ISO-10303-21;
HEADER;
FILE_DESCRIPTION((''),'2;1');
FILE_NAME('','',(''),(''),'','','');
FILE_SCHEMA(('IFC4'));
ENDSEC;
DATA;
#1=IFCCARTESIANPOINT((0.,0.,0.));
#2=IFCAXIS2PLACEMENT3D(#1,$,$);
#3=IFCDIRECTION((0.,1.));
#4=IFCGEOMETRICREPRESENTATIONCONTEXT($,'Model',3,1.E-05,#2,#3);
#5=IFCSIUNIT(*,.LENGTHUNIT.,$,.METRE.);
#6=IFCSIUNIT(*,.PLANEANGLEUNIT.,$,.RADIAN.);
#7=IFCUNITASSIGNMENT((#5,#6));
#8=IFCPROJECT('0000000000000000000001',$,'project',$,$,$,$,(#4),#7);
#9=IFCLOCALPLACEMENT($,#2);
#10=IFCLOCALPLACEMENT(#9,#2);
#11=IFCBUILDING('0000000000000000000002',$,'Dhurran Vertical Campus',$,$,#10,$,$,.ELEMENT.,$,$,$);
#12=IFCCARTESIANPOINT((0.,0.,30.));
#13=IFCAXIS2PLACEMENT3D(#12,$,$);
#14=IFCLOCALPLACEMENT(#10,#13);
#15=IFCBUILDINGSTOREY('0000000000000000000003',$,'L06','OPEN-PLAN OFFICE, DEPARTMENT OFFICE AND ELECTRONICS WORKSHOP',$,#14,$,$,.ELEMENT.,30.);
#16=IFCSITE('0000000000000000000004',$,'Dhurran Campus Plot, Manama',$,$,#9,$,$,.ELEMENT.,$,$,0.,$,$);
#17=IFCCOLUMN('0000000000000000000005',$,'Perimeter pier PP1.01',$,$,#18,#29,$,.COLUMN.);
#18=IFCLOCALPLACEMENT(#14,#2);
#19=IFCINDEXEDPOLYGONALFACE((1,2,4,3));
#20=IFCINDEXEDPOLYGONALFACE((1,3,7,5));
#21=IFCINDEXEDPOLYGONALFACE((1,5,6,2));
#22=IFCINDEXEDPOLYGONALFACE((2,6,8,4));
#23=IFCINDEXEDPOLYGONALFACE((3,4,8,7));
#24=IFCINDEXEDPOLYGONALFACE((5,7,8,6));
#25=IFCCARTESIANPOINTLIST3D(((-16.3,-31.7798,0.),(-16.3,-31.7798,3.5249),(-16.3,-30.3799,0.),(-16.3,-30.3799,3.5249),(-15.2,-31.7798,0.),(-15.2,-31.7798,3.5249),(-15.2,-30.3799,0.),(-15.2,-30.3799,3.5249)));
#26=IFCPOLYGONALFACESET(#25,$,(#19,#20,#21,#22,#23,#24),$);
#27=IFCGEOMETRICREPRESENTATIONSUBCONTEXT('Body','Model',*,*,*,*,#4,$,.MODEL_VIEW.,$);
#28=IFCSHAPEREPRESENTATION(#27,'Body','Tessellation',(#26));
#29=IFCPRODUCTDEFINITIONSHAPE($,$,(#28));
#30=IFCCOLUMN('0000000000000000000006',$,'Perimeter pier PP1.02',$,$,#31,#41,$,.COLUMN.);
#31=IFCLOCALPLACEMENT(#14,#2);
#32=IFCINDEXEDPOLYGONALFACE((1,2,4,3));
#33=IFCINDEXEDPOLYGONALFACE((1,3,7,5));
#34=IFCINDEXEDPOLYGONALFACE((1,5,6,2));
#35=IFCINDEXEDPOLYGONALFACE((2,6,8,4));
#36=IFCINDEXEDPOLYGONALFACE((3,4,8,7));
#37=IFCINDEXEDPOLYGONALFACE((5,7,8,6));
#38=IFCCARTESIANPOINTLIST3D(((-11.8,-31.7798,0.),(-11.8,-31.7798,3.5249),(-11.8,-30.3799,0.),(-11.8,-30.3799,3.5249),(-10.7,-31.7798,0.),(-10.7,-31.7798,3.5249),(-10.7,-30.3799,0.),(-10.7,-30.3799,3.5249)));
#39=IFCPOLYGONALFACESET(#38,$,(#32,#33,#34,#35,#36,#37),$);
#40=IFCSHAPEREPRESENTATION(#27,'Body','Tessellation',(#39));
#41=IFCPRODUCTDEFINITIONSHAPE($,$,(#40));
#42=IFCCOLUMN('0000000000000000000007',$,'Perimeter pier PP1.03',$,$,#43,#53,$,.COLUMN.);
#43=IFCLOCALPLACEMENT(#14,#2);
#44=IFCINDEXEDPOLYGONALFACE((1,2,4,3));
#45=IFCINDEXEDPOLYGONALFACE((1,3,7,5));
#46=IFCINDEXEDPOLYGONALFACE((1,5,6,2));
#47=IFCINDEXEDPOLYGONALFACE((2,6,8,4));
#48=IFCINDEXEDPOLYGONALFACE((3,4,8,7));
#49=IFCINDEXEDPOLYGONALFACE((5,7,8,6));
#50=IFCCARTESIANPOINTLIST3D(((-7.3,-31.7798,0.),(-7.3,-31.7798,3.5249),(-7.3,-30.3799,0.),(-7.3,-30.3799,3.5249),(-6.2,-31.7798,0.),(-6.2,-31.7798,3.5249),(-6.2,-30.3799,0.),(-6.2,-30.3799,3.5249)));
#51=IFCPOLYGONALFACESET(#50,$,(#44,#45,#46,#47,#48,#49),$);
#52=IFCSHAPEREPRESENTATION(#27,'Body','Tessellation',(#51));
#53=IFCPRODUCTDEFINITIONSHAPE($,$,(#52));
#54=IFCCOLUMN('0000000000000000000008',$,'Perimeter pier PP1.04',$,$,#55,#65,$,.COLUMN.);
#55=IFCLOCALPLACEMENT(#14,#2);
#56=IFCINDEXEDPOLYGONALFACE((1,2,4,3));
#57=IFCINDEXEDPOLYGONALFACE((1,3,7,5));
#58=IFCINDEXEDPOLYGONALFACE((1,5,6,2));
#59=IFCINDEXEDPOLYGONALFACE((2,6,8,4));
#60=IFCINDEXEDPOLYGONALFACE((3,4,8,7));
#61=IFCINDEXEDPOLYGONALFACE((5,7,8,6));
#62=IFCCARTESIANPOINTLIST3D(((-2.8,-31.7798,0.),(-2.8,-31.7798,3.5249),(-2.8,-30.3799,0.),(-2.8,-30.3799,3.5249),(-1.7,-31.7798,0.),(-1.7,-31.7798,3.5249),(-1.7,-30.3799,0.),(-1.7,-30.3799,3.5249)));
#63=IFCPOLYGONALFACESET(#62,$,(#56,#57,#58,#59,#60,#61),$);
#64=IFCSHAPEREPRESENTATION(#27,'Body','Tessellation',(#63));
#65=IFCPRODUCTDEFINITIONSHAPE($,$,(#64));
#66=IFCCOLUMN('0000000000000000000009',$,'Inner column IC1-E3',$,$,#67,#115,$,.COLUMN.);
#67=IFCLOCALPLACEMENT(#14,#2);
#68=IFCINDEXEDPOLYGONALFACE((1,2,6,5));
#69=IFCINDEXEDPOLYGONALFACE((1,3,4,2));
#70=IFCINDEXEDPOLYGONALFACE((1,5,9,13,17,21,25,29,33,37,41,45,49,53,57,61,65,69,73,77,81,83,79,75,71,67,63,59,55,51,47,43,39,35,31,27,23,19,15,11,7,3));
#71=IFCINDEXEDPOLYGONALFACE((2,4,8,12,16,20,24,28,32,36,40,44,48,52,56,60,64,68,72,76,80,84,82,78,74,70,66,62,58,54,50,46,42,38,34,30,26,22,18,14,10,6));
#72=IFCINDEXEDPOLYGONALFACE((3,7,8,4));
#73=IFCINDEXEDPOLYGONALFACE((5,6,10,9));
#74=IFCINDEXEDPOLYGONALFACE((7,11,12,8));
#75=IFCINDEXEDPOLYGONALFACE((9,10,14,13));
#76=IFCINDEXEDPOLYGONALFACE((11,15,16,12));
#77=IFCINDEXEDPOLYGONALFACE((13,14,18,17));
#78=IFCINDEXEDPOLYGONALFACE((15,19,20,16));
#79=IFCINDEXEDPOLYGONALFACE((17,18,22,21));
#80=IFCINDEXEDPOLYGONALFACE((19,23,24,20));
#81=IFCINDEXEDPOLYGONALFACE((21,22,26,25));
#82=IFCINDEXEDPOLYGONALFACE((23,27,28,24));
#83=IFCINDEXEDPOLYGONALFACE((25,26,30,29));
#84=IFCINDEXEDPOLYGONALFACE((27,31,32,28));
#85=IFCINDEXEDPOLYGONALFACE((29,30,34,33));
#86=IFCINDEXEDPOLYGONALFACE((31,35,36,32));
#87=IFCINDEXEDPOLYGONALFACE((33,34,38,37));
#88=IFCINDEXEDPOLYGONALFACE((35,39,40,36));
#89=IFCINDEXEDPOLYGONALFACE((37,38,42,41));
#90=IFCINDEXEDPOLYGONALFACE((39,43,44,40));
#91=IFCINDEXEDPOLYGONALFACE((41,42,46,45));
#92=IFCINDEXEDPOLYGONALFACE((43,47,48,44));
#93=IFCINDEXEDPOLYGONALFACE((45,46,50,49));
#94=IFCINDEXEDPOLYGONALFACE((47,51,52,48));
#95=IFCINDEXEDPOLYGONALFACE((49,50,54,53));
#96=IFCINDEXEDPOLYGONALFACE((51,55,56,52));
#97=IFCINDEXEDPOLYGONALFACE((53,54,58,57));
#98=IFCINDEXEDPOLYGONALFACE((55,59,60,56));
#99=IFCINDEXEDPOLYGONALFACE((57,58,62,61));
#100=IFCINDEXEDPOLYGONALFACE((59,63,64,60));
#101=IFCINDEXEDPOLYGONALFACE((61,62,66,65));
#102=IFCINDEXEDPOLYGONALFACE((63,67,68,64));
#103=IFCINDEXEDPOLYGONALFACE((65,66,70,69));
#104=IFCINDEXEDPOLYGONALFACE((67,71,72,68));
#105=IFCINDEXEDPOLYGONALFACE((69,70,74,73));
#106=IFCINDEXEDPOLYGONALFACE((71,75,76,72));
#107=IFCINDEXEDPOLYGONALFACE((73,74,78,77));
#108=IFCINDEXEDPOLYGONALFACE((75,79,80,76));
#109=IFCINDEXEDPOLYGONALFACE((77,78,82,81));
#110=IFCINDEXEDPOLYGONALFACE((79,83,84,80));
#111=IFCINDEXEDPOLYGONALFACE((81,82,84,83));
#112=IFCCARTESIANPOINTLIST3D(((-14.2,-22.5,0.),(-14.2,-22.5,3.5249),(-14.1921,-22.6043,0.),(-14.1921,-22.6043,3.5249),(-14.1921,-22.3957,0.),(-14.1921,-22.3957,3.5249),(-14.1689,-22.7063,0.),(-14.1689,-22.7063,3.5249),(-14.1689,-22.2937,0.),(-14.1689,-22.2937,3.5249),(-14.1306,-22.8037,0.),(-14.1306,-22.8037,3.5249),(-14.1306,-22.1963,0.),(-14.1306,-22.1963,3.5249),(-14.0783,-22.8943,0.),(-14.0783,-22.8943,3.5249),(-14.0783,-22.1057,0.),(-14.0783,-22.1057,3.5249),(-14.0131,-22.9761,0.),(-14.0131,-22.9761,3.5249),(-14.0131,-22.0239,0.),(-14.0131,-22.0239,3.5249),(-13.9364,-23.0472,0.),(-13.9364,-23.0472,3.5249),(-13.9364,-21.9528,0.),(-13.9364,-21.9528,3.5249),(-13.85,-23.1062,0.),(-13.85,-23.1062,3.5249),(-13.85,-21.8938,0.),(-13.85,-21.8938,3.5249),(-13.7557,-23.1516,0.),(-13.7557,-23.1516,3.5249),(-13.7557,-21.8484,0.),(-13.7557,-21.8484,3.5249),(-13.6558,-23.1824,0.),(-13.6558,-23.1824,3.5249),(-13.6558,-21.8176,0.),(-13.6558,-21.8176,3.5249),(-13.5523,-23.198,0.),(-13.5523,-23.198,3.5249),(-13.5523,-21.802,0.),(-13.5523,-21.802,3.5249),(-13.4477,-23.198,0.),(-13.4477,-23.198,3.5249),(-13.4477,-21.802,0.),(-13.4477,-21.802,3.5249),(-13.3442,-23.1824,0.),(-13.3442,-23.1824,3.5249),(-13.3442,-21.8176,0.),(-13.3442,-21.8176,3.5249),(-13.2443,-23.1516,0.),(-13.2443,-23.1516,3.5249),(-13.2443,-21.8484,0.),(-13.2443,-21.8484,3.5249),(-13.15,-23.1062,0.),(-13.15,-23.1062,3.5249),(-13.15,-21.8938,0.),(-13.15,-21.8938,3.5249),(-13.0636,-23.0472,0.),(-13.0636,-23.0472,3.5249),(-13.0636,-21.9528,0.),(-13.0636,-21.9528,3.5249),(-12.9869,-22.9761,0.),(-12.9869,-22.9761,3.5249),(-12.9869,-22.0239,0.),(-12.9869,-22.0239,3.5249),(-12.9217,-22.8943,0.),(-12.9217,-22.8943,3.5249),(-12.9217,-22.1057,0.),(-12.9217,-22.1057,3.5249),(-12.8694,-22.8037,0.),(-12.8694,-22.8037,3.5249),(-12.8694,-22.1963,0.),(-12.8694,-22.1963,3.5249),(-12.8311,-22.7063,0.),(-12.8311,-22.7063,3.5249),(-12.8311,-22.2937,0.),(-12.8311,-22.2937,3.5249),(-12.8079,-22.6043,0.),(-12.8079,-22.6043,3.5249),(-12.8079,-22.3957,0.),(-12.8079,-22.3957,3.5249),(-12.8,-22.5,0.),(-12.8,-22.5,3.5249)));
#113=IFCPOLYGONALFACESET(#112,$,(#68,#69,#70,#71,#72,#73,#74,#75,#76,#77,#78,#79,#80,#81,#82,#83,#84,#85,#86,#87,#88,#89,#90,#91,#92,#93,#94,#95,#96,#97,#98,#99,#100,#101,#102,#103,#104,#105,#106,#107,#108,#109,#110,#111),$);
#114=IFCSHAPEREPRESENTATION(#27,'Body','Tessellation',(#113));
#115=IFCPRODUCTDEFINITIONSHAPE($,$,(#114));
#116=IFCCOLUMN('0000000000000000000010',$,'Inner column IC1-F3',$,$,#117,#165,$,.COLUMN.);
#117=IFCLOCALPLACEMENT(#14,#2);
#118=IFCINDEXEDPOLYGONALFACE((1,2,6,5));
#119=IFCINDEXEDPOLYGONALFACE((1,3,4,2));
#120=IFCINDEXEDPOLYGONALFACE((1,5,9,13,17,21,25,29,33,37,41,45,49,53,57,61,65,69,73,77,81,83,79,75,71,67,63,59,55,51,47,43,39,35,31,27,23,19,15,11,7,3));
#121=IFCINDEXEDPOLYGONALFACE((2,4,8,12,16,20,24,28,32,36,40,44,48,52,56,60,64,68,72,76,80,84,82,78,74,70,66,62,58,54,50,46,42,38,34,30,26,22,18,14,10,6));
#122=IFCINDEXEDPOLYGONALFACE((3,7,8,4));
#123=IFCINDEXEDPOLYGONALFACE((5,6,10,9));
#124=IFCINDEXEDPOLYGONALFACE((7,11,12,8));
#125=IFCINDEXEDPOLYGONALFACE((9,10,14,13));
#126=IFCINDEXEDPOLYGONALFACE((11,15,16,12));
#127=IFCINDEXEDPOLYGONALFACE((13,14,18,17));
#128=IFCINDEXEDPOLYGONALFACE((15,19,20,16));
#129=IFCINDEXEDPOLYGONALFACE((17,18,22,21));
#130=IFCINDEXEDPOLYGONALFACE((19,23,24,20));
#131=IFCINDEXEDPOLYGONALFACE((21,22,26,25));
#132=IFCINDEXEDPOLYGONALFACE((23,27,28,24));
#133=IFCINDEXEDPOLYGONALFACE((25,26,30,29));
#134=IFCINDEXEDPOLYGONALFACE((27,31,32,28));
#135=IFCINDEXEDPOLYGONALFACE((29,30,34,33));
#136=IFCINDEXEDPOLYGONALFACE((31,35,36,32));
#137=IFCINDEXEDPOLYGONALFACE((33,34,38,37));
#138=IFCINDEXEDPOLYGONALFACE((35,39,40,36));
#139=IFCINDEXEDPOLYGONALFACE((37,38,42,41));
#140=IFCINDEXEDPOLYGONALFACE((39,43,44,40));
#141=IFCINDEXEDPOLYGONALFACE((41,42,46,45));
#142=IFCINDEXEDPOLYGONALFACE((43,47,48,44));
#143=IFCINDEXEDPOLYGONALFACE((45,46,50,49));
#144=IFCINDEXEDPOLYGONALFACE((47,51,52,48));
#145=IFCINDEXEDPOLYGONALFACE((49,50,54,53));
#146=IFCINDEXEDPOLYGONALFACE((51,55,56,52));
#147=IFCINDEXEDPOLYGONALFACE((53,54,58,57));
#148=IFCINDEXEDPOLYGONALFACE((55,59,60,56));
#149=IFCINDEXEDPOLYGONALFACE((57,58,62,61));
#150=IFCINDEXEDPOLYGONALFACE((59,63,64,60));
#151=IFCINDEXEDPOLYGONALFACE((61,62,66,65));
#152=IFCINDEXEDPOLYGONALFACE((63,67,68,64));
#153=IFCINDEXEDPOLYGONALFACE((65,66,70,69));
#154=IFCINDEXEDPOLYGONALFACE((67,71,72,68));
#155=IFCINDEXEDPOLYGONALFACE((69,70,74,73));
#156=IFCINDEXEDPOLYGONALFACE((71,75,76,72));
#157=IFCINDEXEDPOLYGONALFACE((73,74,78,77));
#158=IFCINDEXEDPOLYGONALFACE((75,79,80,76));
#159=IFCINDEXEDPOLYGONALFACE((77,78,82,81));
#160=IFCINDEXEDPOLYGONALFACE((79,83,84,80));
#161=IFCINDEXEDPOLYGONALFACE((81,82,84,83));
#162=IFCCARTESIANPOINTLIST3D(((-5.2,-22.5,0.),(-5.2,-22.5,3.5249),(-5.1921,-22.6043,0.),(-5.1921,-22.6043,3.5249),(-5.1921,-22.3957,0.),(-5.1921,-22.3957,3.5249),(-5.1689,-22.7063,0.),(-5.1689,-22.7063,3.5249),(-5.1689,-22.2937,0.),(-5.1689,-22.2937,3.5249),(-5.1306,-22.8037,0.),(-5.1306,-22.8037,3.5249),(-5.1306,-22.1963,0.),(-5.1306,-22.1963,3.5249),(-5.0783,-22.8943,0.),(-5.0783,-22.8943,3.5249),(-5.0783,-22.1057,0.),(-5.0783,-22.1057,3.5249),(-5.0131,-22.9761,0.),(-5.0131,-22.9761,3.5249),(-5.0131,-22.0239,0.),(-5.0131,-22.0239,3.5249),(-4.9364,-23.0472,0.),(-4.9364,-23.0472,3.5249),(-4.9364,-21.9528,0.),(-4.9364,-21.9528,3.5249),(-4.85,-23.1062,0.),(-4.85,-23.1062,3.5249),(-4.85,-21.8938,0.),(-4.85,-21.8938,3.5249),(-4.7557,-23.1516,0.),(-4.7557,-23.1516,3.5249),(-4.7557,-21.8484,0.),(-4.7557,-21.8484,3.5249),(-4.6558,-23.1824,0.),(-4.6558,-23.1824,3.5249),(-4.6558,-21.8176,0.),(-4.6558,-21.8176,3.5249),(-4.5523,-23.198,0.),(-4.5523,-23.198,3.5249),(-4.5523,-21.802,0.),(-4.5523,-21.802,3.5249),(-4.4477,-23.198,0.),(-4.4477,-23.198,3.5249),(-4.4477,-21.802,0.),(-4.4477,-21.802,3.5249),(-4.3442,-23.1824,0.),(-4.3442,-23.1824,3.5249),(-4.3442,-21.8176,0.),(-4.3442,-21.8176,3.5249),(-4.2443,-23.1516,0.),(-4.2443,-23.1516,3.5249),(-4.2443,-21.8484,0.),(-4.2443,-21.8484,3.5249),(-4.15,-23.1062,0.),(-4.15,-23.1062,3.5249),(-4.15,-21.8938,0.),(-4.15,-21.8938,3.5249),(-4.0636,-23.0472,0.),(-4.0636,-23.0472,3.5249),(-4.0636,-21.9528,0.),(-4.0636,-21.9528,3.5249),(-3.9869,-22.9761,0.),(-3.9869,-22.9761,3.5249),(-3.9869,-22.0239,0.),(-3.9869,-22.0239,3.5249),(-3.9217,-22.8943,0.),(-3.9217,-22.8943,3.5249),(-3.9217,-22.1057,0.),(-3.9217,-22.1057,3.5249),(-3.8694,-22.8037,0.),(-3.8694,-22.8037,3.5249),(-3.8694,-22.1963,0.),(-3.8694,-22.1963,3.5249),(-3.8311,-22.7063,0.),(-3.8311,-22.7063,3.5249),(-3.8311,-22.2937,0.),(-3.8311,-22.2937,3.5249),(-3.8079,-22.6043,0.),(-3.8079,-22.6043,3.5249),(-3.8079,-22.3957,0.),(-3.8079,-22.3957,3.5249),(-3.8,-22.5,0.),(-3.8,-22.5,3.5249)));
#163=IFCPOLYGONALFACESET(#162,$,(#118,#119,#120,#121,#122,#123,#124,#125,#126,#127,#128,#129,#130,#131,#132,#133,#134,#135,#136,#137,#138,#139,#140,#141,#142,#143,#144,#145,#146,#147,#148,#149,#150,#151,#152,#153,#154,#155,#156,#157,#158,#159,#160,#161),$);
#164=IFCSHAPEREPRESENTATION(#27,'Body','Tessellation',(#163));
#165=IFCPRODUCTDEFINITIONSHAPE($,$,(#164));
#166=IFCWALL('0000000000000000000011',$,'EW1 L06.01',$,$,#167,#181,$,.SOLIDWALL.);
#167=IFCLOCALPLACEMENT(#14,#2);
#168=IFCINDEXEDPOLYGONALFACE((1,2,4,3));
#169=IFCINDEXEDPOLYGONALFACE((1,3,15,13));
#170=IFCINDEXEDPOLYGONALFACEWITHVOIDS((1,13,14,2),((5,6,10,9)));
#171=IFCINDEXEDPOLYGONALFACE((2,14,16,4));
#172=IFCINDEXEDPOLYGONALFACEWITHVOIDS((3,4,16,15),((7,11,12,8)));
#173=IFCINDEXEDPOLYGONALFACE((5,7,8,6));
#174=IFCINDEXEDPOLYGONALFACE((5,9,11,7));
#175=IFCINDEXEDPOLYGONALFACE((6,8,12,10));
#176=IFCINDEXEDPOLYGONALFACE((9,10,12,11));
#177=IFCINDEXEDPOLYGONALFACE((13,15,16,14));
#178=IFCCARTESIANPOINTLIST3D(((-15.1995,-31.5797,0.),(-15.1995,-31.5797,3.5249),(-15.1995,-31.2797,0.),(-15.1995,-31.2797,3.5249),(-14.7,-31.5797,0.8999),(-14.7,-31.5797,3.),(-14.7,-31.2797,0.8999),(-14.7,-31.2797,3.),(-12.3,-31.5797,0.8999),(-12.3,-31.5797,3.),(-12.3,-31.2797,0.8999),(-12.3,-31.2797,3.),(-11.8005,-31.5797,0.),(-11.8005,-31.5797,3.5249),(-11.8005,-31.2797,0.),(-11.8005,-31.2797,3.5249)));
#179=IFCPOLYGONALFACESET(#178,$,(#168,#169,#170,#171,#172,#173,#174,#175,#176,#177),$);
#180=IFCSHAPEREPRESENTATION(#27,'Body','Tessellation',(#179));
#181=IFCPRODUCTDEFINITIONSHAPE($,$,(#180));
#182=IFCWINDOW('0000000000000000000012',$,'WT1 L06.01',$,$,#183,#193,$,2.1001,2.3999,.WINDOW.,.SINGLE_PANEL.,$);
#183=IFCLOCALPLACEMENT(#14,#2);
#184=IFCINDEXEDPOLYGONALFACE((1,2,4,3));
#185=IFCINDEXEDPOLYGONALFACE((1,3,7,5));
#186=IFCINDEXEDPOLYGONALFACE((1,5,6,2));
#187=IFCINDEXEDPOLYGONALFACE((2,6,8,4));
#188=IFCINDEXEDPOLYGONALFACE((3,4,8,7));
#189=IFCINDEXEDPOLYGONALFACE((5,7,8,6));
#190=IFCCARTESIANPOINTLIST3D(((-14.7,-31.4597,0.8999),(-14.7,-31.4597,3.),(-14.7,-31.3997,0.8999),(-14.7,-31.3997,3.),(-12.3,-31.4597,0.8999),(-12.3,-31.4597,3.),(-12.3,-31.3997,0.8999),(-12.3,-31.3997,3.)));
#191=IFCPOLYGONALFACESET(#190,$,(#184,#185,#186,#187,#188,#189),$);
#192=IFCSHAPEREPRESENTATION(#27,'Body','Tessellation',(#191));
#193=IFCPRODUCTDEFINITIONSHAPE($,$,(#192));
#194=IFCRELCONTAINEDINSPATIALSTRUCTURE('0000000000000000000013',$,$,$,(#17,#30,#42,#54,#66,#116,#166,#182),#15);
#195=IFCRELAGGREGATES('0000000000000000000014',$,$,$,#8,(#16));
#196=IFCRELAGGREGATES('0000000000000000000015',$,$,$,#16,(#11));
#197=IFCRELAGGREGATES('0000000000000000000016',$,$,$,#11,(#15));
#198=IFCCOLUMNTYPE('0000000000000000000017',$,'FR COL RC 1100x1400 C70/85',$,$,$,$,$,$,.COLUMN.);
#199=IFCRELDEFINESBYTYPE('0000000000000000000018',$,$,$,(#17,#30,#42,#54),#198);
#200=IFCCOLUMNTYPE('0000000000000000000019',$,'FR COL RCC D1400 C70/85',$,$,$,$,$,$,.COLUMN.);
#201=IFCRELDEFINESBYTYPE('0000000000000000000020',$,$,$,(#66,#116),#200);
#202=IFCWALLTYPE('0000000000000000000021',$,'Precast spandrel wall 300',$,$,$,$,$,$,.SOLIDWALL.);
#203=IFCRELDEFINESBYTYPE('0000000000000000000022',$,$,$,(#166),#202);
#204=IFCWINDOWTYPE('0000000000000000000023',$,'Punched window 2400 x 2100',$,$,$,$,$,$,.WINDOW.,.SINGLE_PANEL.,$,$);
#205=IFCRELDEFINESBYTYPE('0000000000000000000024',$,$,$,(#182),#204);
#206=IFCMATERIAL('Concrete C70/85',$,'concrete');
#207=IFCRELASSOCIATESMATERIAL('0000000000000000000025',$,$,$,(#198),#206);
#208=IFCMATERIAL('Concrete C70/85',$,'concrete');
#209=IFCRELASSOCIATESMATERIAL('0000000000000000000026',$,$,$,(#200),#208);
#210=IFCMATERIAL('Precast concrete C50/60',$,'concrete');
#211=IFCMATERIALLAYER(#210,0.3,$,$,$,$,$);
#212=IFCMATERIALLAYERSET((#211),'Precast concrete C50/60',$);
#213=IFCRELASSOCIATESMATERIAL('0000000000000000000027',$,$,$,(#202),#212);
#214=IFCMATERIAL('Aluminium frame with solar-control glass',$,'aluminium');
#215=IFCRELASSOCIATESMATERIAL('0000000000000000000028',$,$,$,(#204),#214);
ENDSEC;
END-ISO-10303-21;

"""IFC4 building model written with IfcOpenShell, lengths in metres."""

from ifc_helpers import new_model, si_unit, direction, frame, frame_2d, origin, origin_2d, place, context, subcontext, project, spatial, rectangle, circle, extrude, material, layer, layer_set, material_profile, profile_set, type_object, element, fill, save


model = new_model("IFC4")

# Units and contexts
model_context = context("Model", 3, precision=1e-05, world=origin(), true_north=direction((0.0, 1.0)))
body_context = subcontext(model_context, "Body", "Model", "MODEL_VIEW")
ifc_project = project(units=[si_unit("LENGTHUNIT", "METRE"), si_unit("PLANEANGLEUNIT", "RADIAN")], contexts=[model_context])

# Site, building, storey
site_placement = place(None, origin())
site = spatial("IfcSite", under=ifc_project, at=site_placement, Name="Dhurran Campus Plot, Manama", CompositionType="ELEMENT", RefElevation=0.0)
building_placement = place(site_placement, origin())
building = spatial("IfcBuilding", under=site, at=building_placement, Name="Dhurran Vertical Campus", CompositionType="ELEMENT")
storey_placement = place(building_placement, frame((0.0, 0.0, 30.0)))
storey = spatial("IfcBuildingStorey", under=building, at=storey_placement, Name="L06", Description="OPEN-PLAN OFFICE, DEPARTMENT OFFICE AND ELECTRONICS WORKSHOP", CompositionType="ELEMENT", Elevation=30.0)

# Columns
ifc_material_1 = material(Name="Concrete C70/85", Category="concrete")
ifc_material_profile_1 = material_profile(ifc_material_1, rectangle(XDim=1.1001, YDim=1.3999, at=origin_2d()), Name="RC 1100x1400")
ifc_profile_set_1 = profile_set([ifc_material_profile_1], Name="Concrete C70/85")
column_type_1 = type_object("IfcColumnType", Name="FR COL RC 1100x1400 C70/85", PredefinedType="COLUMN", material=ifc_profile_set_1)
for number, where, z_axis, x_axis, name in (
    (1, (-15.75, -31.0798, 0.0), (0.0, 0.0, 1.0), (1.0, 0.0, 0.0), "Perimeter pier PP1.01"),
    (2, (-11.25, -31.0798, 0.0), (0.0, 0.0, 1.0), (1.0, 0.0, 0.0), "Perimeter pier PP1.02"),
    (3, (-6.75, -31.0798, 0.0), (0.0, 0.0, 1.0), (1.0, 0.0, 0.0), "Perimeter pier PP1.03"),
    (4, (-2.25, -31.0798, 0.0), (0.0, 0.0, 1.0), (1.0, 0.0, 0.0), "Perimeter pier PP1.04"),
):
    element("IfcColumn", number, at=place(storey_placement, frame(where, z_axis=z_axis, x_axis=x_axis)), inside=storey, type_object=column_type_1, Name=name, PredefinedType="COLUMN", context=body_context, shape_type="SweptSolid", body=[
        extrude(rectangle(XDim=1.1001, YDim=1.3999, at=origin_2d()), origin(), (0.0, 0.0, 1.0), 3.5249),
    ])
ifc_material_2 = material(Name="Concrete C70/85", Category="concrete")
ifc_material_profile_2 = material_profile(ifc_material_2, circle(Radius=0.7, at=origin_2d()), Name="RCC D1400")
ifc_profile_set_2 = profile_set([ifc_material_profile_2], Name="Concrete C70/85")
column_type_2 = type_object("IfcColumnType", Name="FR COL RCC D1400 C70/85", PredefinedType="COLUMN", material=ifc_profile_set_2)
for number, where, z_axis, x_axis, name in (
    (5, (-13.5, -22.5, 0.0), (0.0, 0.0, 1.0), (1.0, 0.0, 0.0), "Inner column IC1-E3"),
    (6, (-4.5, -22.5, 0.0), (0.0, 0.0, 1.0), (1.0, 0.0, 0.0), "Inner column IC1-F3"),
):
    element("IfcColumn", number, at=place(storey_placement, frame(where, z_axis=z_axis, x_axis=x_axis)), inside=storey, type_object=column_type_2, Name=name, PredefinedType="COLUMN", context=body_context, shape_type="SweptSolid", body=[
        extrude(circle(Radius=0.7, at=origin_2d()), origin(), (0.0, 0.0, 1.0), 3.5249),
    ])

# Wall, opening, window
ifc_material_3 = material(Name="Precast concrete C50/60", Category="concrete")
ifc_layer_1 = layer(ifc_material_3, 0.3)
ifc_layer_set_1 = layer_set([ifc_layer_1], Name="Precast concrete C50/60")
wall_type_1 = type_object("IfcWallType", Name="Precast spandrel wall 300", PredefinedType="SOLIDWALL", material=ifc_layer_set_1)
wall_1_placement = place(storey_placement, frame((-15.1995, -31.4297, 0.0), z_axis=(0.0, 0.0, 1.0), x_axis=(1.0, 0.0, 0.0)))
wall_1 = element("IfcWall", 7, at=wall_1_placement, inside=storey, type_object=wall_type_1, Name="EW1 L06.01", PredefinedType="SOLIDWALL", context=body_context, shape_type="SweptSolid", body=[
    extrude(rectangle(XDim=3.3989, YDim=0.3, at=frame_2d((1.6995, 0.0))), origin(), (0.0, 0.0, 1.0), 3.5249),
])
opening_1_placement = place(wall_1_placement, frame((0.4995, 0.0, 0.8999)))
opening_1 = element("IfcOpeningElement", 8, at=opening_1_placement, cuts=wall_1, PredefinedType="OPENING", context=body_context, shape_type="SweptSolid", body=[
    extrude(rectangle(XDim=2.3999, YDim=2.1001, at=frame_2d((1.2, 1.05))), frame((0.0, 0.1599, 0.0), z_axis=(0.0, -1.0, 0.0), x_axis=(1.0, 0.0, 0.0)), (0.0, 0.0, 1.0), 0.3201),
])
ifc_material_4 = material(Name="Aluminium frame with solar-control glass", Category="aluminium")
window_type = type_object("IfcWindowType", Name="Punched window 2400 x 2100", PartitioningType="SINGLE_PANEL", PredefinedType="WINDOW", material=ifc_material_4)
window_1_placement = place(opening_1_placement, origin())
window_1 = element("IfcWindow", 9, at=window_1_placement, inside=storey, type_object=window_type, Name="WT1 L06.01", OverallHeight=2.1001, OverallWidth=2.3999, PartitioningType="SINGLE_PANEL", PredefinedType="WINDOW", context=body_context, shape_type="SweptSolid", body=[
    extrude(rectangle(XDim=2.3999, YDim=2.1001, at=frame_2d((1.2, 1.05))), frame((0.0, 0.03, 0.0), z_axis=(0.0, -1.0, 0.0), x_axis=(1.0, 0.0, 0.0)), (0.0, 0.0, 1.0), 0.0601),
])
fill(opening_1, window_1)

save(model, "model.ifc")
